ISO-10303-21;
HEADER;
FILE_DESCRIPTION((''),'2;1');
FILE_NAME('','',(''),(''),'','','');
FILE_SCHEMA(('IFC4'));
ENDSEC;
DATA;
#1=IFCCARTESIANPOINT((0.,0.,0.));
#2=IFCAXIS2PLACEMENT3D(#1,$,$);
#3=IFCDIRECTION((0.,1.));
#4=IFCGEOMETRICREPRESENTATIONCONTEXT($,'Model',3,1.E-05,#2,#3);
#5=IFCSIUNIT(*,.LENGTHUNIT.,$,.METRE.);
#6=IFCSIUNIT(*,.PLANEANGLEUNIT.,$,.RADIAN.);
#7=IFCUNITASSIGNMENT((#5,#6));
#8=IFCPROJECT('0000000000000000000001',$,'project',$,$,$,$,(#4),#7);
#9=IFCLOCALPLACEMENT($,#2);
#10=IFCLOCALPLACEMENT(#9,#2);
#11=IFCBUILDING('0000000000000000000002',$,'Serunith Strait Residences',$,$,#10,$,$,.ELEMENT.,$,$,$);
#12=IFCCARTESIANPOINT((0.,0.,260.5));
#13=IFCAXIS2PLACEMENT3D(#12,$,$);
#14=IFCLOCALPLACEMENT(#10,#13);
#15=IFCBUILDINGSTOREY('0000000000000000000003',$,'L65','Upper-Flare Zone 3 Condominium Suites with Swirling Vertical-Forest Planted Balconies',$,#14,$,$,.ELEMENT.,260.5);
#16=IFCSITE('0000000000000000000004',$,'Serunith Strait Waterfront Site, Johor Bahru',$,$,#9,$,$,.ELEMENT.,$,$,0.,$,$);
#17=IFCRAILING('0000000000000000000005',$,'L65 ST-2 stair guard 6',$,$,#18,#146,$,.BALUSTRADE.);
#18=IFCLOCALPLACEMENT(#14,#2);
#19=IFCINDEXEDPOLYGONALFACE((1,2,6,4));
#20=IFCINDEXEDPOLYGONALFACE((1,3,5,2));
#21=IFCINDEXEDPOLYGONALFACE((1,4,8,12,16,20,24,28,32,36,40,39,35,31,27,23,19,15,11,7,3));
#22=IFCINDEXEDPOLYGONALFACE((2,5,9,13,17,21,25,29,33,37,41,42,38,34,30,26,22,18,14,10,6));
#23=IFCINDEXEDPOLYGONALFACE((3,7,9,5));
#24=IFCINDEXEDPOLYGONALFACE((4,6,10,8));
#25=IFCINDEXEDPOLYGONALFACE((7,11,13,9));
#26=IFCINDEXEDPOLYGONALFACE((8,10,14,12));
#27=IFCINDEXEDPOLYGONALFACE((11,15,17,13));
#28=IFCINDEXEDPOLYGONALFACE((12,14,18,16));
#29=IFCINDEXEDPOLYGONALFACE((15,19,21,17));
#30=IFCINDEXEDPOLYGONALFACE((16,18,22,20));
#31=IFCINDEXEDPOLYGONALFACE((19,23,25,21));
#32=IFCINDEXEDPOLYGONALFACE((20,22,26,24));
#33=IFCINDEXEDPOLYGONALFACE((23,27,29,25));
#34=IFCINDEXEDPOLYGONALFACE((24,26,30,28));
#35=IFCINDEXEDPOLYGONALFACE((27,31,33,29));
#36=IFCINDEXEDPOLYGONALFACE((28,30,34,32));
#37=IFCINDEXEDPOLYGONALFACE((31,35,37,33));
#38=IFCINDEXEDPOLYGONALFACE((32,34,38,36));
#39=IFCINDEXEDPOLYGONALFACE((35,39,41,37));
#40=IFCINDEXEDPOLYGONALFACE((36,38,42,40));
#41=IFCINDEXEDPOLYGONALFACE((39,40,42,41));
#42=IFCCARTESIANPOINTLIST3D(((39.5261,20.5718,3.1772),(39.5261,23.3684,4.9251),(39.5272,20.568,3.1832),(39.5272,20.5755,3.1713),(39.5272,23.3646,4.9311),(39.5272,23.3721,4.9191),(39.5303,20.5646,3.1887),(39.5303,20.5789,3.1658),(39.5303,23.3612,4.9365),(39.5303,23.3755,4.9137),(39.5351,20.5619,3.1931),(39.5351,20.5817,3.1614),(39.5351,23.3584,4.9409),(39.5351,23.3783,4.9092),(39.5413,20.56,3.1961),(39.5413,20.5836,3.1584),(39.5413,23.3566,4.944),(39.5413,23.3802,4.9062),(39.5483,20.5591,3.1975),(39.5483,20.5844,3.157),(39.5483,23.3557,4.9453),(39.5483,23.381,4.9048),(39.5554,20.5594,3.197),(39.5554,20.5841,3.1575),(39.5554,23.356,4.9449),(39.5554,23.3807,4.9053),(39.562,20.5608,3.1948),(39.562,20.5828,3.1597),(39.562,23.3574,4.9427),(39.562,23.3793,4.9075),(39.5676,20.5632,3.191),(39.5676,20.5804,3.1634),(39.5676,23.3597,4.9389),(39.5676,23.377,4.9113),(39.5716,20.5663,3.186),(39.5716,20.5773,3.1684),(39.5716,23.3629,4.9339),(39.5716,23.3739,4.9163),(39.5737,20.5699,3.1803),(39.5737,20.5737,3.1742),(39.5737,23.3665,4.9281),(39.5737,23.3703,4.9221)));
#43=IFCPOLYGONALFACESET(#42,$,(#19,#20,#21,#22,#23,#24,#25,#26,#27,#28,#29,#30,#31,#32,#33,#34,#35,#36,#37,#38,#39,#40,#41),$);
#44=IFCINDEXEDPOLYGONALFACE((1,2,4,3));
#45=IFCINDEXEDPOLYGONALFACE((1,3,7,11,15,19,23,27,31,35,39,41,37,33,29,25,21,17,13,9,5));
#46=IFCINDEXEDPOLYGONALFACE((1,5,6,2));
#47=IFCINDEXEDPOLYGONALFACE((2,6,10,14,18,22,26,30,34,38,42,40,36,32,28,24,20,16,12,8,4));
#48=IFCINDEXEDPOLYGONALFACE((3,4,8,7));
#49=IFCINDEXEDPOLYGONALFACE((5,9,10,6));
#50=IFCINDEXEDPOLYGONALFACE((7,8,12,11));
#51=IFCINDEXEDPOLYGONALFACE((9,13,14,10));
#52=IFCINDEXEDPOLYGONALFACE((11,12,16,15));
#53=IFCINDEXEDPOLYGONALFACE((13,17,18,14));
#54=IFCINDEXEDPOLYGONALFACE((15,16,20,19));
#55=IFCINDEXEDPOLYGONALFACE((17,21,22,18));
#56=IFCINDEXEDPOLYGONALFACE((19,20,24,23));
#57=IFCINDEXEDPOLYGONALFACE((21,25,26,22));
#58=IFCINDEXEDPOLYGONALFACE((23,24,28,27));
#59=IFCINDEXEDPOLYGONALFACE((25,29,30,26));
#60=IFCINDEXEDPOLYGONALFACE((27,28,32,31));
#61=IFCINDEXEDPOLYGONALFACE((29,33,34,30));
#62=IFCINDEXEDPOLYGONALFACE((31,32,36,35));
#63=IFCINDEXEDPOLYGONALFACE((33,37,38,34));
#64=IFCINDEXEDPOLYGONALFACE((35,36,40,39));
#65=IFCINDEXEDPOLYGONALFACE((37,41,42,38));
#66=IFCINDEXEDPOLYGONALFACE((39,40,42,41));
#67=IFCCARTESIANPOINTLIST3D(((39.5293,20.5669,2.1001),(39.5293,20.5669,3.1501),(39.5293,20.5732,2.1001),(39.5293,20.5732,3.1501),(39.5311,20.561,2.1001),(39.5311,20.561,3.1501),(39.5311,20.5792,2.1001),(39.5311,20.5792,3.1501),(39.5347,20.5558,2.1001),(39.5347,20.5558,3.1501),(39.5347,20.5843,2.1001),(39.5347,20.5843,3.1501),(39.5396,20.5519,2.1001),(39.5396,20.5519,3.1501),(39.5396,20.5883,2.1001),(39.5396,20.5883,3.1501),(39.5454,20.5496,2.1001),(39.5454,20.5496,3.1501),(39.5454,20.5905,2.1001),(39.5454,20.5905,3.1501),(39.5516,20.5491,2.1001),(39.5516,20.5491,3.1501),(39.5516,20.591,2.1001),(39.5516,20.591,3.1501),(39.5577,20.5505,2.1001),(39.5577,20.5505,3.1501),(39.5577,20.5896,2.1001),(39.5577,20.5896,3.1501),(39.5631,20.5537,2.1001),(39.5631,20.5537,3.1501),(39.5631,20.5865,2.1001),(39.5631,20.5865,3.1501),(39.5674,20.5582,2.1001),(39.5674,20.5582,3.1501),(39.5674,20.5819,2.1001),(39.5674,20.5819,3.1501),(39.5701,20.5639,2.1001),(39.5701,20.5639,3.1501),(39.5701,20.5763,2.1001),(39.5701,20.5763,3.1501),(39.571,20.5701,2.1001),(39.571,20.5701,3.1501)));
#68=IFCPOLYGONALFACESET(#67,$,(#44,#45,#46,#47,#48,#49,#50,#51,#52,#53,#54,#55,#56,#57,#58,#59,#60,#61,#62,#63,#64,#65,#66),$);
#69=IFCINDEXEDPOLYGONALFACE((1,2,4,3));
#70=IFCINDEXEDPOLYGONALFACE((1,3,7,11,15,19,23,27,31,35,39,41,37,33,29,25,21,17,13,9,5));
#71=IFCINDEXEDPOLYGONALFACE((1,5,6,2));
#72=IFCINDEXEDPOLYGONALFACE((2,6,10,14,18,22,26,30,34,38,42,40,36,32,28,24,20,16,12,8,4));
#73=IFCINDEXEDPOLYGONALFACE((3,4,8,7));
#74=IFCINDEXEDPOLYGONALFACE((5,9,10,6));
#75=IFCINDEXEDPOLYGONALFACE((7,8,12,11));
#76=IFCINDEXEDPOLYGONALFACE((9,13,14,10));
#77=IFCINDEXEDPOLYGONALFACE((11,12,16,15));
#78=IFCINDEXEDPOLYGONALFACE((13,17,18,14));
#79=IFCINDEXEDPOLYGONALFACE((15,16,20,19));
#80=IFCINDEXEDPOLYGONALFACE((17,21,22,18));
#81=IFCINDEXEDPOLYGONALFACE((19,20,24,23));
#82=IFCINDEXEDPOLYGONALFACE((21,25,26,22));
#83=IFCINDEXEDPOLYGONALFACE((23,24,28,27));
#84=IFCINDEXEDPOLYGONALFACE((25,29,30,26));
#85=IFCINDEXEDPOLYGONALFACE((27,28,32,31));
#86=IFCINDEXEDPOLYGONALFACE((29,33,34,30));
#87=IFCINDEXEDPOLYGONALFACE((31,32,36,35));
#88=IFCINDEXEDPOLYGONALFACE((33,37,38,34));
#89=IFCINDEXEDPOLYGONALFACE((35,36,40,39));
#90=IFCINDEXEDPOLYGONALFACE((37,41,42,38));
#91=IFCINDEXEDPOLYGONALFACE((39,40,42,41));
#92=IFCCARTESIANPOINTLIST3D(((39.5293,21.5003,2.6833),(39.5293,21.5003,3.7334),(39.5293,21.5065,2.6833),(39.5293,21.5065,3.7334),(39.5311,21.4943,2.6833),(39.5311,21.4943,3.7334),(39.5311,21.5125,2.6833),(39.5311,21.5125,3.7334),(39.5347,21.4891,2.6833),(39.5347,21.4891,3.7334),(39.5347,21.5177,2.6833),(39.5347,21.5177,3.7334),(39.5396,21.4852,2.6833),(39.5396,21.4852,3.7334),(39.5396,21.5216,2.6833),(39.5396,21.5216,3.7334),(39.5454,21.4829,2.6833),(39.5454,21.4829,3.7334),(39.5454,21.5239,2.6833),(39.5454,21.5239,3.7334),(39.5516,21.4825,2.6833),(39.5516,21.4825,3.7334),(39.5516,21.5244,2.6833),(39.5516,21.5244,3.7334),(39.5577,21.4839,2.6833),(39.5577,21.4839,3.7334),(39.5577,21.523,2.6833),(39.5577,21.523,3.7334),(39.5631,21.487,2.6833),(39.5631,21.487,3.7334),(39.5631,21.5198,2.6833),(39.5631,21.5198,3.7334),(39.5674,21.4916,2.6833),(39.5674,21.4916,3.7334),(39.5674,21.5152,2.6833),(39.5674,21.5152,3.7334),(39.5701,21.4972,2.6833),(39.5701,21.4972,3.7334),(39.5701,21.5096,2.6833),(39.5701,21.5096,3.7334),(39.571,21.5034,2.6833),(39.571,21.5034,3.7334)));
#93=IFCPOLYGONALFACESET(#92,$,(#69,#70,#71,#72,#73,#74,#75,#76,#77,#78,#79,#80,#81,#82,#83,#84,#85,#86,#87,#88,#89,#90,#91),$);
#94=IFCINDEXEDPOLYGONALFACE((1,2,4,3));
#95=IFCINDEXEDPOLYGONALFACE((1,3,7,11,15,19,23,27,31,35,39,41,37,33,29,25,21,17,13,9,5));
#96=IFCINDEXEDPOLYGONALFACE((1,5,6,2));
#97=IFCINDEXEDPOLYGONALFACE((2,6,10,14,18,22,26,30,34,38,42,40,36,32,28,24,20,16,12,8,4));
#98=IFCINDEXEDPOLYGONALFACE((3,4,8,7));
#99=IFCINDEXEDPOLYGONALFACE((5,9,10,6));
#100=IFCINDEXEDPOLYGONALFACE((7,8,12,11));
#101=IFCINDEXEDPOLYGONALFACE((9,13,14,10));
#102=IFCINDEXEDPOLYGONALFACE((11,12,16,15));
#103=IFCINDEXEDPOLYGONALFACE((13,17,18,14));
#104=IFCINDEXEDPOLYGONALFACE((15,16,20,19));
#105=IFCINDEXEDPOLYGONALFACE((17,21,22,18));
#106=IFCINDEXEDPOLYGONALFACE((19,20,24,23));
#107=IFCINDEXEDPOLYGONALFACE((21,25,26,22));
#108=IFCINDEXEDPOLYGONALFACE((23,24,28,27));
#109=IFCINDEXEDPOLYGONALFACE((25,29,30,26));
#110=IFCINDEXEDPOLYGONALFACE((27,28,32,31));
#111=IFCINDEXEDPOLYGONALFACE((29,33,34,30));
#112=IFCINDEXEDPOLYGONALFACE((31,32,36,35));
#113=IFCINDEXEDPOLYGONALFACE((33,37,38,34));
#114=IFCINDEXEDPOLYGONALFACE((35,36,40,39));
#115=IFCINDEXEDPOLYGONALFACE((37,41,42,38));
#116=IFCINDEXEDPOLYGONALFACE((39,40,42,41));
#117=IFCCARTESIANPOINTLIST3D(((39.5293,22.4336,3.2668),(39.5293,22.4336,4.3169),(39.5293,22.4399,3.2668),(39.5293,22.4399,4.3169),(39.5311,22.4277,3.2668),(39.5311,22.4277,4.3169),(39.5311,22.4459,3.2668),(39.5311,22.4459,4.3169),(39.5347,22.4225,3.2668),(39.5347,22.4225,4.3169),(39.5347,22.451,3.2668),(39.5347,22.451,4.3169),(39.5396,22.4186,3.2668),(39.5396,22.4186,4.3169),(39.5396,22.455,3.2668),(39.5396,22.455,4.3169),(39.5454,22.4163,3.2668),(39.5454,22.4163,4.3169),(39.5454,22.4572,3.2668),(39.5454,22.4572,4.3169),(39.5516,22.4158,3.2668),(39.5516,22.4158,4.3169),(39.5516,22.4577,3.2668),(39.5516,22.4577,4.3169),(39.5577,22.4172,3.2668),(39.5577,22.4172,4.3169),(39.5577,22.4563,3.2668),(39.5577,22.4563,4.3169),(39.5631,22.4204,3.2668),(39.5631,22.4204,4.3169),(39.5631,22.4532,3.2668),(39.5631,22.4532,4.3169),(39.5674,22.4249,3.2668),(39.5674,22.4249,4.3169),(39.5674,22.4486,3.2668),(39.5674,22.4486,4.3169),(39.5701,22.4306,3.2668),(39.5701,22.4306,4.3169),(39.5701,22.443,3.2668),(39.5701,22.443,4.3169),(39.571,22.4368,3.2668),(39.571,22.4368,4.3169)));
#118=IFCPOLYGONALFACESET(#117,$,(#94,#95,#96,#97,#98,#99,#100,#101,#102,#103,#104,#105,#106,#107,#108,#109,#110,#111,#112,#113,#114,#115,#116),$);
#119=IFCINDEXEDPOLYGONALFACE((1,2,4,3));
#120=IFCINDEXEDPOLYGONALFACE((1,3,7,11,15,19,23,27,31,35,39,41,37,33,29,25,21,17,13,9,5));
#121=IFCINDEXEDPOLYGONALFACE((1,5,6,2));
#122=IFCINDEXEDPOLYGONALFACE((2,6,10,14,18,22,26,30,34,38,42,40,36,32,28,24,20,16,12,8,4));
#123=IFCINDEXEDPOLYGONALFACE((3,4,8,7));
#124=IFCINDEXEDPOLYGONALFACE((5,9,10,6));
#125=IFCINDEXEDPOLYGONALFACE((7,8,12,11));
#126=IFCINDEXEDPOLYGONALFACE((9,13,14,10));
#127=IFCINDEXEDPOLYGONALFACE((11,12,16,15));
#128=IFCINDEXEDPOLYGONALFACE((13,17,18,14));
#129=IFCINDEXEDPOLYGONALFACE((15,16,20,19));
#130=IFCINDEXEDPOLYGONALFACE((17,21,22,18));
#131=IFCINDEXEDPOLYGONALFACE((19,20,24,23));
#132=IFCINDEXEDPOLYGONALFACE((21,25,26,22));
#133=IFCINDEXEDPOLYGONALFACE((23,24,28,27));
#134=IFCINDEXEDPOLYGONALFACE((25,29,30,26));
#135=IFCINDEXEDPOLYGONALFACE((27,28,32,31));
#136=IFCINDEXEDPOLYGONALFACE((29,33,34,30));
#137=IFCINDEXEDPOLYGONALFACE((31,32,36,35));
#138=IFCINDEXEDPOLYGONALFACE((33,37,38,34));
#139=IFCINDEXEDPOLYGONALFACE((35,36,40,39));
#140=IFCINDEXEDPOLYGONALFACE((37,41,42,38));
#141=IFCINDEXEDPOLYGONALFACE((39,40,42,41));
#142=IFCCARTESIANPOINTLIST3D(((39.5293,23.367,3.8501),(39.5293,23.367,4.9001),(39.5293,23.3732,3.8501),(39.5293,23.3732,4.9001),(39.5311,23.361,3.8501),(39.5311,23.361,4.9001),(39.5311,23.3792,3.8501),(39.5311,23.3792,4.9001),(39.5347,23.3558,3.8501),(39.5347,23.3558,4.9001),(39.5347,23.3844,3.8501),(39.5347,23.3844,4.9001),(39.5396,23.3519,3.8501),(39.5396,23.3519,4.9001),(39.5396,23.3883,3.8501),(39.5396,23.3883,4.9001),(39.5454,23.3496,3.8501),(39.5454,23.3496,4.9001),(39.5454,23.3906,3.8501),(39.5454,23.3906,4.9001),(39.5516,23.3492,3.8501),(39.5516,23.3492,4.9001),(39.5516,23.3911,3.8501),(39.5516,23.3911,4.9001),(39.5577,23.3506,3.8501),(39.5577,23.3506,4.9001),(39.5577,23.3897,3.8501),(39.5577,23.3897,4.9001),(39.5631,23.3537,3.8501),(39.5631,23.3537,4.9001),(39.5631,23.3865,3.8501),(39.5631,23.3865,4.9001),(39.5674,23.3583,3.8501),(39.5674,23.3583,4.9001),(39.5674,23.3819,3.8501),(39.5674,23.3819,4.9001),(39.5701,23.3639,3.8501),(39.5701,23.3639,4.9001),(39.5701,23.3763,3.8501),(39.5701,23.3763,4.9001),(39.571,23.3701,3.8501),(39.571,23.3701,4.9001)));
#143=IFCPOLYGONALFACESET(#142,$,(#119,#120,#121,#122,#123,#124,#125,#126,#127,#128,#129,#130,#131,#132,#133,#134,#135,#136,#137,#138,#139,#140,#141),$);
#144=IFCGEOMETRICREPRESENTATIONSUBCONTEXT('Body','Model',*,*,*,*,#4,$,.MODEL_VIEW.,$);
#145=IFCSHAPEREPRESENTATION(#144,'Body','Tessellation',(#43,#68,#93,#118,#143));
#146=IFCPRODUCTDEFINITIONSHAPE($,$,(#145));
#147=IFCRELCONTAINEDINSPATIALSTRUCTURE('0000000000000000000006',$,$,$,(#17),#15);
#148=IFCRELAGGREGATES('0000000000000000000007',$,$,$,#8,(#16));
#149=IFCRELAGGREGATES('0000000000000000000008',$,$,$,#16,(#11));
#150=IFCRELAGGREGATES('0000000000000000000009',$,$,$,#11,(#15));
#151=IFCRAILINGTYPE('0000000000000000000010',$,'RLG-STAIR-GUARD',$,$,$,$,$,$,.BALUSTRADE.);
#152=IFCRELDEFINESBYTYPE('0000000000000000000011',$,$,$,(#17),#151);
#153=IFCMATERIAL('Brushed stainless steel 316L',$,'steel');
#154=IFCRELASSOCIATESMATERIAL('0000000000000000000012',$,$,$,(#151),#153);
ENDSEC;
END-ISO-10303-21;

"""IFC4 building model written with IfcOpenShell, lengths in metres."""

from ifc_helpers import new_model, si_unit, direction, frame, origin, origin_2d, place, context, subcontext, project, spatial, circle, extrude, material, type_object, element, save


model = new_model("IFC4")

# Units and contexts
model_context = context("Model", 3, precision=1e-05, world=origin(), true_north=direction((0.0, 1.0)))
body_context = subcontext(model_context, "Body", "Model", "MODEL_VIEW")
ifc_project = project(units=[si_unit("LENGTHUNIT", "METRE"), si_unit("PLANEANGLEUNIT", "RADIAN")], contexts=[model_context])

# Site, building, storey
site_placement = place(None, origin())
site = spatial("IfcSite", under=ifc_project, at=site_placement, Name="Serunith Strait Waterfront Site, Johor Bahru", CompositionType="ELEMENT", RefElevation=0.0)
building_placement = place(site_placement, origin())
building = spatial("IfcBuilding", under=site, at=building_placement, Name="Serunith Strait Residences", CompositionType="ELEMENT")
storey_placement = place(building_placement, frame((0.0, 0.0, 260.5)))
storey = spatial("IfcBuildingStorey", under=building, at=storey_placement, Name="L65", Description="Upper-Flare Zone 3 Condominium Suites with Swirling Vertical-Forest Planted Balconies", CompositionType="ELEMENT", Elevation=260.5)

# Railing
ifc_material_1 = material(Name="Brushed stainless steel 316L", Category="steel")
railing_type_1 = type_object("IfcRailingType", Name="RLG-STAIR-GUARD", PredefinedType="BALUSTRADE", material=ifc_material_1)
railing_1_placement = place(storey_placement, frame((39.55, 20.5701, 2.1001)))
element("IfcRailing", 1, at=railing_1_placement, inside=storey, type_object=railing_type_1, Name="L65 ST-2 stair guard 6", PredefinedType="BALUSTRADE", context=body_context, shape_type="SweptSolid", body=[
    extrude(circle(Radius=0.0239, at=origin_2d()), frame((0.0, 0.0017, 1.0771), z_axis=(0.0, 0.848002, 0.529992), x_axis=(-1.0, 0.0, 0.0)), (0.0, 0.0, 1.0), 3.2979),
    extrude(circle(Radius=0.021, at=origin_2d()), origin(), (0.0, 0.0, 1.0), 1.05),
    extrude(circle(Radius=0.021, at=origin_2d()), frame((0.0, 0.9333, 0.5833)), (0.0, 0.0, 1.0), 1.05),
    extrude(circle(Radius=0.021, at=origin_2d()), frame((0.0, 1.8667, 1.1667)), (0.0, 0.0, 1.0), 1.05),
    extrude(circle(Radius=0.021, at=origin_2d()), frame((0.0, 2.8, 1.75)), (0.0, 0.0, 1.0), 1.05),
])

save(model, "model.ifc")
